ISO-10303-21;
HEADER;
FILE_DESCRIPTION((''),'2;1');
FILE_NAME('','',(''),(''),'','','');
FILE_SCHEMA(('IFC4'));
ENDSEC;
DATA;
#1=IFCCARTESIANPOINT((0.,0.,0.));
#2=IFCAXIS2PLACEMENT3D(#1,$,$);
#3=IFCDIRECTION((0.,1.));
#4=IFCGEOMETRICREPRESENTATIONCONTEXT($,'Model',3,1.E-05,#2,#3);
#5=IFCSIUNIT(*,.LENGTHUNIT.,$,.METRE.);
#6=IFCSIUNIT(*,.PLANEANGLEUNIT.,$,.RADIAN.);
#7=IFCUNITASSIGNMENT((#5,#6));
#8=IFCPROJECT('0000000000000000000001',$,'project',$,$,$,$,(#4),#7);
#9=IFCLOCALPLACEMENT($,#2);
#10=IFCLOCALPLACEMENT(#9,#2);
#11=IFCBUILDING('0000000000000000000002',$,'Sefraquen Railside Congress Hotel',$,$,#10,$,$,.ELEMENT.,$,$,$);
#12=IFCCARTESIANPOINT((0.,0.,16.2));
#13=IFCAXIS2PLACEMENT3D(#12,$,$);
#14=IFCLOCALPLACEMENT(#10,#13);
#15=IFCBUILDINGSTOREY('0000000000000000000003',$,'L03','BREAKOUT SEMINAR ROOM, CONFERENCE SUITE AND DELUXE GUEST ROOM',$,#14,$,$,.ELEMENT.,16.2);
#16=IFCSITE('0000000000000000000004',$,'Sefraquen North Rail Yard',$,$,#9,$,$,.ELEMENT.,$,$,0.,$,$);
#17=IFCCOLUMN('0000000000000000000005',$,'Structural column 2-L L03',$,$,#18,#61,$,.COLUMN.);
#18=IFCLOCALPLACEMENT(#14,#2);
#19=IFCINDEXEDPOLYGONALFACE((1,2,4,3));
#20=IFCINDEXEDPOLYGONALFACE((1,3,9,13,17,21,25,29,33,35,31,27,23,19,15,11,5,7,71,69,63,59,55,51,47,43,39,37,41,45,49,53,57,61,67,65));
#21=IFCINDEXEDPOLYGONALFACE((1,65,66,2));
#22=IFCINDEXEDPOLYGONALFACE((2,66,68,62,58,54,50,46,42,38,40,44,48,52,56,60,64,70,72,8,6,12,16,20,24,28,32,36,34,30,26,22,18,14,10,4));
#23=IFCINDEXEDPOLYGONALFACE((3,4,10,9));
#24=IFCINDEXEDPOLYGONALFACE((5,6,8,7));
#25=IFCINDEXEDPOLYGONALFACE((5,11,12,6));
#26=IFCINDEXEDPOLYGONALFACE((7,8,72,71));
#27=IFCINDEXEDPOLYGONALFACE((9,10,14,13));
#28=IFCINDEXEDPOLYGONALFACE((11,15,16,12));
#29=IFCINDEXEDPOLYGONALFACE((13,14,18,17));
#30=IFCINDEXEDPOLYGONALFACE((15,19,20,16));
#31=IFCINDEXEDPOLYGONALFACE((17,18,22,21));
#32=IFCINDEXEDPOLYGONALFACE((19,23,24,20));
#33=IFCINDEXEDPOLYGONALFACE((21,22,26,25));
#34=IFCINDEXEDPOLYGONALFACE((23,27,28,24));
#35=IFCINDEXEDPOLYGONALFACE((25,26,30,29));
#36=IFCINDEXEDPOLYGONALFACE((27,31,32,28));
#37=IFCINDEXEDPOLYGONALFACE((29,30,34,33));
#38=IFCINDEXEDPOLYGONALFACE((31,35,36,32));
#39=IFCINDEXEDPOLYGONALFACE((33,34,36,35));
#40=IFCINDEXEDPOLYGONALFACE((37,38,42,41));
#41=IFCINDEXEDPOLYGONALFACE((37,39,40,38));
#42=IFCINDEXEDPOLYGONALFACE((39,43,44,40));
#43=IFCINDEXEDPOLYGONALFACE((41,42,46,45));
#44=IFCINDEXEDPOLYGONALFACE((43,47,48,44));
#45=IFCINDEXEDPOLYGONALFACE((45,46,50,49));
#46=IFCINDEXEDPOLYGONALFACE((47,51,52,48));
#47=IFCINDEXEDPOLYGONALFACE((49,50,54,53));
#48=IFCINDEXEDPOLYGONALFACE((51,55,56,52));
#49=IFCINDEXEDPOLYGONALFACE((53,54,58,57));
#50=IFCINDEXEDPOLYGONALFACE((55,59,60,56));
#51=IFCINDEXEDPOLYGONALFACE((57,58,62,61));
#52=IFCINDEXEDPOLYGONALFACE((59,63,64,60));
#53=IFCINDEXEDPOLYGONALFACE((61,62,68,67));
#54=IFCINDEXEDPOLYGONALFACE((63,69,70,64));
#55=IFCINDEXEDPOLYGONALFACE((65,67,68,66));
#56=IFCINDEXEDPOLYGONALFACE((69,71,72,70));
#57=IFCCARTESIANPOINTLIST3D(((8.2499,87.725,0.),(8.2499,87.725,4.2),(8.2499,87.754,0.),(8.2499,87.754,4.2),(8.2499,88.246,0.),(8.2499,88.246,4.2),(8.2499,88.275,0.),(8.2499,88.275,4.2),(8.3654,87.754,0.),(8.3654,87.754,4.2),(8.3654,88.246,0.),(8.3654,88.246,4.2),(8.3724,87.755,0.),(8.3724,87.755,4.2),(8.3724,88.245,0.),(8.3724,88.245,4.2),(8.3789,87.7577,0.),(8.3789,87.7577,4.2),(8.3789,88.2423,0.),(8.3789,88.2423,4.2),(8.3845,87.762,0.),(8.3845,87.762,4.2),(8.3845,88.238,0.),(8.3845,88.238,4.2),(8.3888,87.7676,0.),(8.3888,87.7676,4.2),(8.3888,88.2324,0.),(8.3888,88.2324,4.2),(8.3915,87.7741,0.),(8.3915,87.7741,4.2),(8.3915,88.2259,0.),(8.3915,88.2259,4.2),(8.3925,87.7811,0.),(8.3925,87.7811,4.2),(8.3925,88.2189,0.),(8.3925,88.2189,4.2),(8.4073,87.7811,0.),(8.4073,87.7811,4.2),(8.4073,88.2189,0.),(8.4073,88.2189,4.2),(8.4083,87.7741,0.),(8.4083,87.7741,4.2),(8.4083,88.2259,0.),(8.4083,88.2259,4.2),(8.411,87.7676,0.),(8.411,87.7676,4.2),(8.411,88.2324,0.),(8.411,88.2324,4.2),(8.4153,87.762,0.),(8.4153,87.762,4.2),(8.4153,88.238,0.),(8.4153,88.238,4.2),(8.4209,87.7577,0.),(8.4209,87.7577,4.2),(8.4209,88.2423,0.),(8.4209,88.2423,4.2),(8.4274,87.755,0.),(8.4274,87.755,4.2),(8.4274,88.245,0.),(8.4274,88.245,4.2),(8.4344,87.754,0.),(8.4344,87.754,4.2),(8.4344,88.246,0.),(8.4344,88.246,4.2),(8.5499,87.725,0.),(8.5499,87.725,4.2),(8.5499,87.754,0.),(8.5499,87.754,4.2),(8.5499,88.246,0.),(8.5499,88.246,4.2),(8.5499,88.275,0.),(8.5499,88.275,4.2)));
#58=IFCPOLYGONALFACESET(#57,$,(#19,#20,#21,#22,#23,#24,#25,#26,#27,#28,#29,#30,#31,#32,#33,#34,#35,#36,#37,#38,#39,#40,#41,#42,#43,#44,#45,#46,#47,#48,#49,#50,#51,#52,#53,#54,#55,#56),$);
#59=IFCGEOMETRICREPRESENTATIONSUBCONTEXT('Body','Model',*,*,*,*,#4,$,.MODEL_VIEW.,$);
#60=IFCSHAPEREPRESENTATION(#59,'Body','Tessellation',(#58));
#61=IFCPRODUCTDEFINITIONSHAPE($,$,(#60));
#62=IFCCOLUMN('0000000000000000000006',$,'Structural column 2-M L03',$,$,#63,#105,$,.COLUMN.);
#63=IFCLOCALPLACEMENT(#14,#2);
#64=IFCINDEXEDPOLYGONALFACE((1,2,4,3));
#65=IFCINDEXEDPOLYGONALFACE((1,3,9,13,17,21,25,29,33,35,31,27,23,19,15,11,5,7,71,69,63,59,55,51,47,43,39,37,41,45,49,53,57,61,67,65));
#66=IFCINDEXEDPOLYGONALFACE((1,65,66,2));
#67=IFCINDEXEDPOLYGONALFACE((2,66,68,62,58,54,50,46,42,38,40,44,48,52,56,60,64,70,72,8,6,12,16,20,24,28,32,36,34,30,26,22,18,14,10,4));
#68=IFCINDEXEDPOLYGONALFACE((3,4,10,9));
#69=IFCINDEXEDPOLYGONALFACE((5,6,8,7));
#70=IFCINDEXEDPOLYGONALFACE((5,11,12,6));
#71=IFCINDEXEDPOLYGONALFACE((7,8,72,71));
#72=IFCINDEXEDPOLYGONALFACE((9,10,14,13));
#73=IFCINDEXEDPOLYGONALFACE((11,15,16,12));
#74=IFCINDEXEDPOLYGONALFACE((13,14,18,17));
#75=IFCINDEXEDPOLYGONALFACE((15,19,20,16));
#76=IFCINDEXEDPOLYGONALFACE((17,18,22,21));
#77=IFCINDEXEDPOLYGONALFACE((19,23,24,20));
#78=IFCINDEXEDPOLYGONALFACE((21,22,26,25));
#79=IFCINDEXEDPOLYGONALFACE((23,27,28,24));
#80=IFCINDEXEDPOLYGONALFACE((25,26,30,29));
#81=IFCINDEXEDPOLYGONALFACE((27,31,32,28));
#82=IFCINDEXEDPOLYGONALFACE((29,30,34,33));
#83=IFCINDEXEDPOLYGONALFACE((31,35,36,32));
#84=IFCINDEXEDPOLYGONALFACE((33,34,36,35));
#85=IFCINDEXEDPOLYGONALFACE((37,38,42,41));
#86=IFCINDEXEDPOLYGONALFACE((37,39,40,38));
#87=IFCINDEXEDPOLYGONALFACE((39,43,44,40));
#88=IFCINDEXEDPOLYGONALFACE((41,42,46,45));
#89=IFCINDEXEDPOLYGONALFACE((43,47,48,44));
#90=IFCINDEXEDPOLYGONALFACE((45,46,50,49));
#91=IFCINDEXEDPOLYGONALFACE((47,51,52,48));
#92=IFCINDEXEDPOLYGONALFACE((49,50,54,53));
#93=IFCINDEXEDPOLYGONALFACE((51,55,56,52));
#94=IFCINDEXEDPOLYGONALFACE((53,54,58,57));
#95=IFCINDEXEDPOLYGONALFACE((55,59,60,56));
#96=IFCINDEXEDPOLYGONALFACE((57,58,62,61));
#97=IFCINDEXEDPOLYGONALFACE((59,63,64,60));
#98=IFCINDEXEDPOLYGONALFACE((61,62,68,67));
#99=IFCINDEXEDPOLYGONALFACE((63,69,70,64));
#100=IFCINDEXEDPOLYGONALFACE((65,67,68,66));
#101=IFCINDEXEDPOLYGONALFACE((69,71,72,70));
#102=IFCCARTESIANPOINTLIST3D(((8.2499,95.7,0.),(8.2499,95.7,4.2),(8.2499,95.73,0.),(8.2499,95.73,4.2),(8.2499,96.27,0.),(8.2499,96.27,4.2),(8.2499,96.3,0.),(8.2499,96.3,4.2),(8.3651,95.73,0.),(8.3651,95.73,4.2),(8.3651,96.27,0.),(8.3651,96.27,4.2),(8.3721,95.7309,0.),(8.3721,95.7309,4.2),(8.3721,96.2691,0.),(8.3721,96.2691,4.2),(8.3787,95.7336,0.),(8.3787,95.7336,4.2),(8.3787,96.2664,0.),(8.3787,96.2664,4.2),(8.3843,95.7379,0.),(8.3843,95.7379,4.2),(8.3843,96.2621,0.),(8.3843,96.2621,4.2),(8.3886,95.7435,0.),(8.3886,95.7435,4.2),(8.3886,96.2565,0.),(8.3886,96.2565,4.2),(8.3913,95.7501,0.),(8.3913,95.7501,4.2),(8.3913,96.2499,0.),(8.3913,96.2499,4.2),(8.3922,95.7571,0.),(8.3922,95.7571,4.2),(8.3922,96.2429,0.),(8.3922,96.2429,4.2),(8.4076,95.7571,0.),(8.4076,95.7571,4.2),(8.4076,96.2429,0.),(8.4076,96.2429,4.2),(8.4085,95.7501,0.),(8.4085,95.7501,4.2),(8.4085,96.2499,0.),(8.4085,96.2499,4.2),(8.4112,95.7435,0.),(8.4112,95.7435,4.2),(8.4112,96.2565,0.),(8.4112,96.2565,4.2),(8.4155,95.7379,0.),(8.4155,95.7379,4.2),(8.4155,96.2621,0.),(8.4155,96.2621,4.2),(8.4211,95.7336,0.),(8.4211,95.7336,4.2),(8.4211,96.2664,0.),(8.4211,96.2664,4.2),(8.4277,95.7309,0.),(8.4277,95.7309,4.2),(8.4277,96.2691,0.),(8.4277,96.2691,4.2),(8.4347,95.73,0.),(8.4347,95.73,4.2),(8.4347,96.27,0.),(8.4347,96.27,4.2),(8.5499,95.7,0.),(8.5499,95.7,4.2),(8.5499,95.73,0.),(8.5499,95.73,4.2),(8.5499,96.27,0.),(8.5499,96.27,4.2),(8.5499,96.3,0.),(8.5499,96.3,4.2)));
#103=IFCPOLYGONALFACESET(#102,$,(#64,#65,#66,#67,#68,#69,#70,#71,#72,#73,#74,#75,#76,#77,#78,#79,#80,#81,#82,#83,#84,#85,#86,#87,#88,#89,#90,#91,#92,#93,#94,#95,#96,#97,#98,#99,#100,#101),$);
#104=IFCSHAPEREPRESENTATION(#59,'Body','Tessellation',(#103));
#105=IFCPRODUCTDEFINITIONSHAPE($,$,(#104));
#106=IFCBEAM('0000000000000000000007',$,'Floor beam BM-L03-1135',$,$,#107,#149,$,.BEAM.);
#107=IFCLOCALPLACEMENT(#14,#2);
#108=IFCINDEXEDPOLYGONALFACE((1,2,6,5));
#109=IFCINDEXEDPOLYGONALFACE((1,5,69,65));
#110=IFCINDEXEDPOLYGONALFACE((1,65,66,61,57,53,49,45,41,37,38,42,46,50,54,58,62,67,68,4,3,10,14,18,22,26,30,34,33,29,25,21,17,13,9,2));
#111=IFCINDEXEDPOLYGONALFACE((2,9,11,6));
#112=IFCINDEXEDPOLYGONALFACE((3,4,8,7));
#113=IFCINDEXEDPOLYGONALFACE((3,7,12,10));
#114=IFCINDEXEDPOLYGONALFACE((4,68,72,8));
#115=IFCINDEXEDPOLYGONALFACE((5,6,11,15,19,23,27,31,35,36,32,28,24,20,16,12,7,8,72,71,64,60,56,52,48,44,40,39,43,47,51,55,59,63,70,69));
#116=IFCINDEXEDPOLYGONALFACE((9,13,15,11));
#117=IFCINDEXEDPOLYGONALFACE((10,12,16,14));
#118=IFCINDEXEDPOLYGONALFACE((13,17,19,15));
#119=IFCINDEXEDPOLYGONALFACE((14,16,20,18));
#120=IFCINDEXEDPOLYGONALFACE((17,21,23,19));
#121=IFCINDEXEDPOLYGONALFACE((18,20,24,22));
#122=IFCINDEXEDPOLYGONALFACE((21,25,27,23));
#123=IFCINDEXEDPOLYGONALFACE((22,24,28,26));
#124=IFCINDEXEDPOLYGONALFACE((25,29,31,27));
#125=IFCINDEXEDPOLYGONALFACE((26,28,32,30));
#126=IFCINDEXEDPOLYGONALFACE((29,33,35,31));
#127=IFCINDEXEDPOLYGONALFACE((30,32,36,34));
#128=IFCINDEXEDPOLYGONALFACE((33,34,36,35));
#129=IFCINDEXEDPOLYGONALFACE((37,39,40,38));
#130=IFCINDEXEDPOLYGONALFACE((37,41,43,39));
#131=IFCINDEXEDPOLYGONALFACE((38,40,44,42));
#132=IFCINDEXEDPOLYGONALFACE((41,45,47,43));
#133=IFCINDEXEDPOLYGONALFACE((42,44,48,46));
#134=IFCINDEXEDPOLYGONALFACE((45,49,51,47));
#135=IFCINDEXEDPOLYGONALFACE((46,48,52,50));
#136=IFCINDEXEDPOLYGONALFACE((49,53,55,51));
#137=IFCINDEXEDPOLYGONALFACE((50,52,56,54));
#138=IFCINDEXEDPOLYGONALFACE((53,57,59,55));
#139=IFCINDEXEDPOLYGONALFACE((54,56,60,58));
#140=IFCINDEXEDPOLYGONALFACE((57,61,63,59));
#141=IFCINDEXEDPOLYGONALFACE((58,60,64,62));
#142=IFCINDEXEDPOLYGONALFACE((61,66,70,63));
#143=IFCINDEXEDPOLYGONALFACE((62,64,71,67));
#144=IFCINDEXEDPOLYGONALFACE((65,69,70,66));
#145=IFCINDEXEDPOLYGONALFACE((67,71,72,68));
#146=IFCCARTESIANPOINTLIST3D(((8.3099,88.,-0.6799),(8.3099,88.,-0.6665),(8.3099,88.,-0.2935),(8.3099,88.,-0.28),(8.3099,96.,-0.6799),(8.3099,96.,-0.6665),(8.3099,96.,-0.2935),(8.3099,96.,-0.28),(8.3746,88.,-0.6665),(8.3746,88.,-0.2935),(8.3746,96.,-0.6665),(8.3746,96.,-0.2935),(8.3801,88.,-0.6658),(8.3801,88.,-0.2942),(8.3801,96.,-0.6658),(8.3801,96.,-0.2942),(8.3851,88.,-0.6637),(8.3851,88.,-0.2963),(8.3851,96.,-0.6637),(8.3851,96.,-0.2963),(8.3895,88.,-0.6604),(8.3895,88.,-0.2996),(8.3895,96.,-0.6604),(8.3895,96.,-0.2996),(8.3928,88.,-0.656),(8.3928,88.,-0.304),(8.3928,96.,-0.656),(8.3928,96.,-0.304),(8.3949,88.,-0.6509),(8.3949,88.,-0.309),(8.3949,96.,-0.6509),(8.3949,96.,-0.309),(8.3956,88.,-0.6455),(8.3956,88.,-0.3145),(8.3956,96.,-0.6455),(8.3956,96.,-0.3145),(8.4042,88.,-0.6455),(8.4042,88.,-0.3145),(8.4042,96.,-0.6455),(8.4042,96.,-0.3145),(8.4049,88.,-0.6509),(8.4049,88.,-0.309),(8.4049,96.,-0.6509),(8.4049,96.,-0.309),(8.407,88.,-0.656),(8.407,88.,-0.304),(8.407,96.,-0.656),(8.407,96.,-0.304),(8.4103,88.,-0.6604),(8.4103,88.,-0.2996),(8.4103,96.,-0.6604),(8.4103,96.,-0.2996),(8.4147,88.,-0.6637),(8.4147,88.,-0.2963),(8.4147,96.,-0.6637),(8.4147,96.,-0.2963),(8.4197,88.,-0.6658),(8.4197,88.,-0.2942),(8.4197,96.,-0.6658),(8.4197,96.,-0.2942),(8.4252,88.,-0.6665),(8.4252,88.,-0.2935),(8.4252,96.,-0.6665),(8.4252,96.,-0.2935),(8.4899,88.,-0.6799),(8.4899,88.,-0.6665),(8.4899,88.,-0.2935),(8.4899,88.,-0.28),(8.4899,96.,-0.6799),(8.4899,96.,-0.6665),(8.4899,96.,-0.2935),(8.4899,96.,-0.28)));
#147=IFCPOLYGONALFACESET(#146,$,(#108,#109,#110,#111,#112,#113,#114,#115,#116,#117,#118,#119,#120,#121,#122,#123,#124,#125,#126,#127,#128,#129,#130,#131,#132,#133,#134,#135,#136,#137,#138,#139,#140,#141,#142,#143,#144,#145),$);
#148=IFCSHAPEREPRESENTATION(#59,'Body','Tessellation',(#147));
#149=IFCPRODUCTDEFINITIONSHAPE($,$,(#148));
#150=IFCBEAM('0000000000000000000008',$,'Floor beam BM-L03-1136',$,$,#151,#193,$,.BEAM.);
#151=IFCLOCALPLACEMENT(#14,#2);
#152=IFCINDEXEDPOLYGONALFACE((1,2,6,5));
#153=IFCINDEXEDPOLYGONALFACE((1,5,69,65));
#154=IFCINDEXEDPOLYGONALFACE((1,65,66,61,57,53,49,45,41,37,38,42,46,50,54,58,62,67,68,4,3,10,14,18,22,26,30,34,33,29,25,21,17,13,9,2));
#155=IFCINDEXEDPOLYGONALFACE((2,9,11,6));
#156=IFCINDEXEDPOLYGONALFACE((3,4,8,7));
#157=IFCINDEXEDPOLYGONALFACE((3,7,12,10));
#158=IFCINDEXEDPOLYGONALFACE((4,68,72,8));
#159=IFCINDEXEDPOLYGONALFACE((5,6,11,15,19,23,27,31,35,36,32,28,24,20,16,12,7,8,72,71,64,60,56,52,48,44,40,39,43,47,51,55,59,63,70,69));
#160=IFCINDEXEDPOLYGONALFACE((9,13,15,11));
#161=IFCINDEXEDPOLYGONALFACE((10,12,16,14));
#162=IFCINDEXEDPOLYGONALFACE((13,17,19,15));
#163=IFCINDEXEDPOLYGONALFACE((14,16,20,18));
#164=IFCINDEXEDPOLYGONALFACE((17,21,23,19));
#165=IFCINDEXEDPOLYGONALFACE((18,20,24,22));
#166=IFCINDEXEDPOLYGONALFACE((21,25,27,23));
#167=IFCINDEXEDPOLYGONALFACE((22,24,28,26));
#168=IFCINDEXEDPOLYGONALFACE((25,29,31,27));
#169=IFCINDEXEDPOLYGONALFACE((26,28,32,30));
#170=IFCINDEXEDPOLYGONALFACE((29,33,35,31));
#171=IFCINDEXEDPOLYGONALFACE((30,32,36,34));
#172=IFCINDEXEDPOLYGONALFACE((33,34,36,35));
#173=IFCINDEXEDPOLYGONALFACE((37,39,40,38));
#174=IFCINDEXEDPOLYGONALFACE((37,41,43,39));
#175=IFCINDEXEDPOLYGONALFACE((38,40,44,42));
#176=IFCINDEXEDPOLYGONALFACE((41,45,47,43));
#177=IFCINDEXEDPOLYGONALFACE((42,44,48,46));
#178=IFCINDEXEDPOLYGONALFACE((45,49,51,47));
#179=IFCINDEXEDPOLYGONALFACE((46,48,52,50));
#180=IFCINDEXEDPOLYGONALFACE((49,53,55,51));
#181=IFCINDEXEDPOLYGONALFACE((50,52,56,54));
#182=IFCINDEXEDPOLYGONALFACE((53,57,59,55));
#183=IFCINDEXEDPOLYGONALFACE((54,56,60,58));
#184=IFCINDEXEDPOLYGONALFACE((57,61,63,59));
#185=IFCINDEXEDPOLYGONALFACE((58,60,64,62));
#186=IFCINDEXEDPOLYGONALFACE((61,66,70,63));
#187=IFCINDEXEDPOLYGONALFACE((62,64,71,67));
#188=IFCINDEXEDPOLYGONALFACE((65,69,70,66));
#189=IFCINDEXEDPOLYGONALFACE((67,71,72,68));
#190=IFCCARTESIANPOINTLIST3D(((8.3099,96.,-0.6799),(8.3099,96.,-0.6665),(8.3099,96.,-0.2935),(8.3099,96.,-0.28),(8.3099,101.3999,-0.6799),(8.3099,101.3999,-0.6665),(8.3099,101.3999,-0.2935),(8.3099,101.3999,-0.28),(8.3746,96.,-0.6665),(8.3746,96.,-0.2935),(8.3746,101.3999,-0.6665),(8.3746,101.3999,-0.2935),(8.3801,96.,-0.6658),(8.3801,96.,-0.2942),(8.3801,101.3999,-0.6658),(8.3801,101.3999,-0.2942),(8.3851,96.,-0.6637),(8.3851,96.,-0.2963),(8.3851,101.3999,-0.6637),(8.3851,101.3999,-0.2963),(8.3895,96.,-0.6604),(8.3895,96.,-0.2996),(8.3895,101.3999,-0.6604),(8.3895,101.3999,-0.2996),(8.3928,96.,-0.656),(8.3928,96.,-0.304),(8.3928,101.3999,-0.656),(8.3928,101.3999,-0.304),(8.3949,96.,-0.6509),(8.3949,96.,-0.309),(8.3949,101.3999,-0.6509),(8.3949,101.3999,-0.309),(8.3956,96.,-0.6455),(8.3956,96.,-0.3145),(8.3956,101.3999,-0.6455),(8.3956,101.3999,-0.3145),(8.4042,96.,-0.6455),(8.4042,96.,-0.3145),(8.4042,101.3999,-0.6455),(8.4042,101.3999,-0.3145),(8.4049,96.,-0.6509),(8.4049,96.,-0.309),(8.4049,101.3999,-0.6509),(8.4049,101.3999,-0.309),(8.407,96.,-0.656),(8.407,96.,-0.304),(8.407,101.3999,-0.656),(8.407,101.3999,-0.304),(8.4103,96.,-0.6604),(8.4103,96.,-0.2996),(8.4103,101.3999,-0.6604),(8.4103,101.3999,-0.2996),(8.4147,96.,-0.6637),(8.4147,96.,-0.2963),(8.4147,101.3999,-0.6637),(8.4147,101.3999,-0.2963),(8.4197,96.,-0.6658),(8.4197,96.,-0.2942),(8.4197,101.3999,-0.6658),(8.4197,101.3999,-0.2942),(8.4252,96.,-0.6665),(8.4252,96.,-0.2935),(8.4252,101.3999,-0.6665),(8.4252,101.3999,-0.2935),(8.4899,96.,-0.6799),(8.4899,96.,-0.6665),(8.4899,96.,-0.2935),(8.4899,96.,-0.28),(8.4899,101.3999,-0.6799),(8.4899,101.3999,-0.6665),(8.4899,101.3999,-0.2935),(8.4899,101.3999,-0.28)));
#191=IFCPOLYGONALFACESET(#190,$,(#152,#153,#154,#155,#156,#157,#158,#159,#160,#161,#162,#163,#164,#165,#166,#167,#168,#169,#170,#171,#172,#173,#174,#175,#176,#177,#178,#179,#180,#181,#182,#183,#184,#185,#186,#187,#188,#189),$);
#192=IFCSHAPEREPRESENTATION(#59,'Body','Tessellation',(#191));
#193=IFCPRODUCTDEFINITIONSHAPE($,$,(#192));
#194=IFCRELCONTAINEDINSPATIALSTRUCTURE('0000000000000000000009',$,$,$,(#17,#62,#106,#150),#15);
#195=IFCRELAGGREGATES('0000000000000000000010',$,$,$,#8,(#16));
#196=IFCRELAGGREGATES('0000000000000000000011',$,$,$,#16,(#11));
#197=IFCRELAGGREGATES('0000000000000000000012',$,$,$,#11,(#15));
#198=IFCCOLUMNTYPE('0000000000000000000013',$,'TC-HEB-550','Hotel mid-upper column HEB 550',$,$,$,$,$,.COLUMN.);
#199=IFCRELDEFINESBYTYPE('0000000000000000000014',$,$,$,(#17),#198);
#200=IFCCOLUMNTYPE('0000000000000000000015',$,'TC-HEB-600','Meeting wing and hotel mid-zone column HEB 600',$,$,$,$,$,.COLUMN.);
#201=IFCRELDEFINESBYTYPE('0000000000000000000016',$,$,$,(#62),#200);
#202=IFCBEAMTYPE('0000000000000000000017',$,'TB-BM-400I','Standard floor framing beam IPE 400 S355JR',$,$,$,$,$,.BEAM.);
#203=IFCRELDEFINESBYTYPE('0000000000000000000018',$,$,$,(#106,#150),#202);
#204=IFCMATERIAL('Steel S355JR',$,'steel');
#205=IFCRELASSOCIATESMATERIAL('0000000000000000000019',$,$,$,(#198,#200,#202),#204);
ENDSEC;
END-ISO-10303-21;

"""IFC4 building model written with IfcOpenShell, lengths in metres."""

from ifc_helpers import new_model, si_unit, direction, frame, origin, origin_2d, place, context, subcontext, project, spatial, i_section, extrude, material, material_profile, profile_set, type_object, element, save


model = new_model("IFC4")

# Units and contexts
model_context = context("Model", 3, precision=1e-05, world=origin(), true_north=direction((0.0, 1.0)))
body_context = subcontext(model_context, "Body", "Model", "MODEL_VIEW")
ifc_project = project(units=[si_unit("LENGTHUNIT", "METRE"), si_unit("PLANEANGLEUNIT", "RADIAN")], contexts=[model_context])

# Site, building, storey
site_placement = place(None, origin())
site = spatial("IfcSite", under=ifc_project, at=site_placement, Name="Sefraquen North Rail Yard", CompositionType="ELEMENT", RefElevation=0.0)
building_placement = place(site_placement, origin())
building = spatial("IfcBuilding", under=site, at=building_placement, Name="Sefraquen Railside Congress Hotel", CompositionType="ELEMENT")
storey_placement = place(building_placement, frame((0.0, 0.0, 16.2)))
storey = spatial("IfcBuildingStorey", under=building, at=storey_placement, Name="L03", Description="BREAKOUT SEMINAR ROOM, CONFERENCE SUITE AND DELUXE GUEST ROOM", CompositionType="ELEMENT", Elevation=16.2)

# Columns
ifc_material_1 = material(Name="Steel S355JR", Category="steel")
ifc_material_profile_1 = material_profile(ifc_material_1, i_section(OverallWidth=0.3, OverallDepth=0.55, WebThickness=0.0149, FlangeThickness=0.0291, FilletRadius=0.0271, at=origin_2d()), Name="HEB 550")
ifc_profile_set_1 = profile_set([ifc_material_profile_1], Name="Steel S355JR")
column_type_1 = type_object("IfcColumnType", Name="TC-HEB-550", Description="Hotel mid-upper column HEB 550", PredefinedType="COLUMN", material=ifc_profile_set_1)
column_1_placement = place(storey_placement, frame((8.3999, 88.0, 0.0), z_axis=(0.0, 0.0, 1.0), x_axis=(1.0, 0.0, 0.0)))
element("IfcColumn", 1, at=column_1_placement, inside=storey, type_object=column_type_1, Name="Structural column 2-L L03", PredefinedType="COLUMN", context=body_context, shape_type="SweptSolid", body=[
    extrude(i_section(OverallWidth=0.3, OverallDepth=0.55, WebThickness=0.0149, FlangeThickness=0.0291, FilletRadius=0.0271, at=origin_2d()), origin(), (0.0, 0.0, 1.0), 4.2),
])
ifc_material_profile_2 = material_profile(ifc_material_1, i_section(OverallWidth=0.3, OverallDepth=0.6001, WebThickness=0.0154, FlangeThickness=0.03, FilletRadius=0.0271, at=origin_2d()), Name="HEB 600")
ifc_profile_set_2 = profile_set([ifc_material_profile_2], Name="Steel S355JR")
column_type_2 = type_object("IfcColumnType", Name="TC-HEB-600", Description="Meeting wing and hotel mid-zone column HEB 600", PredefinedType="COLUMN", material=ifc_profile_set_2)
column_2_placement = place(storey_placement, frame((8.3999, 96.0, 0.0), z_axis=(0.0, 0.0, 1.0), x_axis=(1.0, 0.0, 0.0)))
element("IfcColumn", 2, at=column_2_placement, inside=storey, type_object=column_type_2, Name="Structural column 2-M L03", PredefinedType="COLUMN", context=body_context, shape_type="SweptSolid", body=[
    extrude(i_section(OverallWidth=0.3, OverallDepth=0.6001, WebThickness=0.0154, FlangeThickness=0.03, FilletRadius=0.0271, at=origin_2d()), origin(), (0.0, 0.0, 1.0), 4.2),
])

# Beams
ifc_material_profile_3 = material_profile(ifc_material_1, i_section(OverallWidth=0.1799, OverallDepth=0.3999, WebThickness=0.0085, FlangeThickness=0.0134, FilletRadius=0.021, at=origin_2d()), Name="IPE 400")
ifc_profile_set_3 = profile_set([ifc_material_profile_3], Name="Steel S355JR")
beam_type_1 = type_object("IfcBeamType", Name="TB-BM-400I", Description="Standard floor framing beam IPE 400 S355JR", PredefinedType="BEAM", material=ifc_profile_set_3)
beam_1_placement = place(storey_placement, frame((8.3999, 88.0, -0.48), z_axis=(0.0, 1.0, 0.0), x_axis=(-1.0, 0.0, 0.0)))
element("IfcBeam", 3, at=beam_1_placement, inside=storey, type_object=beam_type_1, Name="Floor beam BM-L03-1135", PredefinedType="BEAM", context=body_context, shape_type="SweptSolid", body=[
    extrude(i_section(OverallWidth=0.1799, OverallDepth=0.3999, WebThickness=0.0085, FlangeThickness=0.0134, FilletRadius=0.021, at=origin_2d()), origin(), (0.0, 0.0, 1.0), 8.0),
])
beam_2_placement = place(storey_placement, frame((8.3999, 96.0, -0.48), z_axis=(0.0, 1.0, 0.0), x_axis=(-1.0, 0.0, 0.0)))
element("IfcBeam", 4, at=beam_2_placement, inside=storey, type_object=beam_type_1, Name="Floor beam BM-L03-1136", PredefinedType="BEAM", context=body_context, shape_type="SweptSolid", body=[
    extrude(i_section(OverallWidth=0.1799, OverallDepth=0.3999, WebThickness=0.0085, FlangeThickness=0.0134, FilletRadius=0.021, at=origin_2d()), origin(), (0.0, 0.0, 1.0), 5.3999),
])

save(model, "model.ifc")
